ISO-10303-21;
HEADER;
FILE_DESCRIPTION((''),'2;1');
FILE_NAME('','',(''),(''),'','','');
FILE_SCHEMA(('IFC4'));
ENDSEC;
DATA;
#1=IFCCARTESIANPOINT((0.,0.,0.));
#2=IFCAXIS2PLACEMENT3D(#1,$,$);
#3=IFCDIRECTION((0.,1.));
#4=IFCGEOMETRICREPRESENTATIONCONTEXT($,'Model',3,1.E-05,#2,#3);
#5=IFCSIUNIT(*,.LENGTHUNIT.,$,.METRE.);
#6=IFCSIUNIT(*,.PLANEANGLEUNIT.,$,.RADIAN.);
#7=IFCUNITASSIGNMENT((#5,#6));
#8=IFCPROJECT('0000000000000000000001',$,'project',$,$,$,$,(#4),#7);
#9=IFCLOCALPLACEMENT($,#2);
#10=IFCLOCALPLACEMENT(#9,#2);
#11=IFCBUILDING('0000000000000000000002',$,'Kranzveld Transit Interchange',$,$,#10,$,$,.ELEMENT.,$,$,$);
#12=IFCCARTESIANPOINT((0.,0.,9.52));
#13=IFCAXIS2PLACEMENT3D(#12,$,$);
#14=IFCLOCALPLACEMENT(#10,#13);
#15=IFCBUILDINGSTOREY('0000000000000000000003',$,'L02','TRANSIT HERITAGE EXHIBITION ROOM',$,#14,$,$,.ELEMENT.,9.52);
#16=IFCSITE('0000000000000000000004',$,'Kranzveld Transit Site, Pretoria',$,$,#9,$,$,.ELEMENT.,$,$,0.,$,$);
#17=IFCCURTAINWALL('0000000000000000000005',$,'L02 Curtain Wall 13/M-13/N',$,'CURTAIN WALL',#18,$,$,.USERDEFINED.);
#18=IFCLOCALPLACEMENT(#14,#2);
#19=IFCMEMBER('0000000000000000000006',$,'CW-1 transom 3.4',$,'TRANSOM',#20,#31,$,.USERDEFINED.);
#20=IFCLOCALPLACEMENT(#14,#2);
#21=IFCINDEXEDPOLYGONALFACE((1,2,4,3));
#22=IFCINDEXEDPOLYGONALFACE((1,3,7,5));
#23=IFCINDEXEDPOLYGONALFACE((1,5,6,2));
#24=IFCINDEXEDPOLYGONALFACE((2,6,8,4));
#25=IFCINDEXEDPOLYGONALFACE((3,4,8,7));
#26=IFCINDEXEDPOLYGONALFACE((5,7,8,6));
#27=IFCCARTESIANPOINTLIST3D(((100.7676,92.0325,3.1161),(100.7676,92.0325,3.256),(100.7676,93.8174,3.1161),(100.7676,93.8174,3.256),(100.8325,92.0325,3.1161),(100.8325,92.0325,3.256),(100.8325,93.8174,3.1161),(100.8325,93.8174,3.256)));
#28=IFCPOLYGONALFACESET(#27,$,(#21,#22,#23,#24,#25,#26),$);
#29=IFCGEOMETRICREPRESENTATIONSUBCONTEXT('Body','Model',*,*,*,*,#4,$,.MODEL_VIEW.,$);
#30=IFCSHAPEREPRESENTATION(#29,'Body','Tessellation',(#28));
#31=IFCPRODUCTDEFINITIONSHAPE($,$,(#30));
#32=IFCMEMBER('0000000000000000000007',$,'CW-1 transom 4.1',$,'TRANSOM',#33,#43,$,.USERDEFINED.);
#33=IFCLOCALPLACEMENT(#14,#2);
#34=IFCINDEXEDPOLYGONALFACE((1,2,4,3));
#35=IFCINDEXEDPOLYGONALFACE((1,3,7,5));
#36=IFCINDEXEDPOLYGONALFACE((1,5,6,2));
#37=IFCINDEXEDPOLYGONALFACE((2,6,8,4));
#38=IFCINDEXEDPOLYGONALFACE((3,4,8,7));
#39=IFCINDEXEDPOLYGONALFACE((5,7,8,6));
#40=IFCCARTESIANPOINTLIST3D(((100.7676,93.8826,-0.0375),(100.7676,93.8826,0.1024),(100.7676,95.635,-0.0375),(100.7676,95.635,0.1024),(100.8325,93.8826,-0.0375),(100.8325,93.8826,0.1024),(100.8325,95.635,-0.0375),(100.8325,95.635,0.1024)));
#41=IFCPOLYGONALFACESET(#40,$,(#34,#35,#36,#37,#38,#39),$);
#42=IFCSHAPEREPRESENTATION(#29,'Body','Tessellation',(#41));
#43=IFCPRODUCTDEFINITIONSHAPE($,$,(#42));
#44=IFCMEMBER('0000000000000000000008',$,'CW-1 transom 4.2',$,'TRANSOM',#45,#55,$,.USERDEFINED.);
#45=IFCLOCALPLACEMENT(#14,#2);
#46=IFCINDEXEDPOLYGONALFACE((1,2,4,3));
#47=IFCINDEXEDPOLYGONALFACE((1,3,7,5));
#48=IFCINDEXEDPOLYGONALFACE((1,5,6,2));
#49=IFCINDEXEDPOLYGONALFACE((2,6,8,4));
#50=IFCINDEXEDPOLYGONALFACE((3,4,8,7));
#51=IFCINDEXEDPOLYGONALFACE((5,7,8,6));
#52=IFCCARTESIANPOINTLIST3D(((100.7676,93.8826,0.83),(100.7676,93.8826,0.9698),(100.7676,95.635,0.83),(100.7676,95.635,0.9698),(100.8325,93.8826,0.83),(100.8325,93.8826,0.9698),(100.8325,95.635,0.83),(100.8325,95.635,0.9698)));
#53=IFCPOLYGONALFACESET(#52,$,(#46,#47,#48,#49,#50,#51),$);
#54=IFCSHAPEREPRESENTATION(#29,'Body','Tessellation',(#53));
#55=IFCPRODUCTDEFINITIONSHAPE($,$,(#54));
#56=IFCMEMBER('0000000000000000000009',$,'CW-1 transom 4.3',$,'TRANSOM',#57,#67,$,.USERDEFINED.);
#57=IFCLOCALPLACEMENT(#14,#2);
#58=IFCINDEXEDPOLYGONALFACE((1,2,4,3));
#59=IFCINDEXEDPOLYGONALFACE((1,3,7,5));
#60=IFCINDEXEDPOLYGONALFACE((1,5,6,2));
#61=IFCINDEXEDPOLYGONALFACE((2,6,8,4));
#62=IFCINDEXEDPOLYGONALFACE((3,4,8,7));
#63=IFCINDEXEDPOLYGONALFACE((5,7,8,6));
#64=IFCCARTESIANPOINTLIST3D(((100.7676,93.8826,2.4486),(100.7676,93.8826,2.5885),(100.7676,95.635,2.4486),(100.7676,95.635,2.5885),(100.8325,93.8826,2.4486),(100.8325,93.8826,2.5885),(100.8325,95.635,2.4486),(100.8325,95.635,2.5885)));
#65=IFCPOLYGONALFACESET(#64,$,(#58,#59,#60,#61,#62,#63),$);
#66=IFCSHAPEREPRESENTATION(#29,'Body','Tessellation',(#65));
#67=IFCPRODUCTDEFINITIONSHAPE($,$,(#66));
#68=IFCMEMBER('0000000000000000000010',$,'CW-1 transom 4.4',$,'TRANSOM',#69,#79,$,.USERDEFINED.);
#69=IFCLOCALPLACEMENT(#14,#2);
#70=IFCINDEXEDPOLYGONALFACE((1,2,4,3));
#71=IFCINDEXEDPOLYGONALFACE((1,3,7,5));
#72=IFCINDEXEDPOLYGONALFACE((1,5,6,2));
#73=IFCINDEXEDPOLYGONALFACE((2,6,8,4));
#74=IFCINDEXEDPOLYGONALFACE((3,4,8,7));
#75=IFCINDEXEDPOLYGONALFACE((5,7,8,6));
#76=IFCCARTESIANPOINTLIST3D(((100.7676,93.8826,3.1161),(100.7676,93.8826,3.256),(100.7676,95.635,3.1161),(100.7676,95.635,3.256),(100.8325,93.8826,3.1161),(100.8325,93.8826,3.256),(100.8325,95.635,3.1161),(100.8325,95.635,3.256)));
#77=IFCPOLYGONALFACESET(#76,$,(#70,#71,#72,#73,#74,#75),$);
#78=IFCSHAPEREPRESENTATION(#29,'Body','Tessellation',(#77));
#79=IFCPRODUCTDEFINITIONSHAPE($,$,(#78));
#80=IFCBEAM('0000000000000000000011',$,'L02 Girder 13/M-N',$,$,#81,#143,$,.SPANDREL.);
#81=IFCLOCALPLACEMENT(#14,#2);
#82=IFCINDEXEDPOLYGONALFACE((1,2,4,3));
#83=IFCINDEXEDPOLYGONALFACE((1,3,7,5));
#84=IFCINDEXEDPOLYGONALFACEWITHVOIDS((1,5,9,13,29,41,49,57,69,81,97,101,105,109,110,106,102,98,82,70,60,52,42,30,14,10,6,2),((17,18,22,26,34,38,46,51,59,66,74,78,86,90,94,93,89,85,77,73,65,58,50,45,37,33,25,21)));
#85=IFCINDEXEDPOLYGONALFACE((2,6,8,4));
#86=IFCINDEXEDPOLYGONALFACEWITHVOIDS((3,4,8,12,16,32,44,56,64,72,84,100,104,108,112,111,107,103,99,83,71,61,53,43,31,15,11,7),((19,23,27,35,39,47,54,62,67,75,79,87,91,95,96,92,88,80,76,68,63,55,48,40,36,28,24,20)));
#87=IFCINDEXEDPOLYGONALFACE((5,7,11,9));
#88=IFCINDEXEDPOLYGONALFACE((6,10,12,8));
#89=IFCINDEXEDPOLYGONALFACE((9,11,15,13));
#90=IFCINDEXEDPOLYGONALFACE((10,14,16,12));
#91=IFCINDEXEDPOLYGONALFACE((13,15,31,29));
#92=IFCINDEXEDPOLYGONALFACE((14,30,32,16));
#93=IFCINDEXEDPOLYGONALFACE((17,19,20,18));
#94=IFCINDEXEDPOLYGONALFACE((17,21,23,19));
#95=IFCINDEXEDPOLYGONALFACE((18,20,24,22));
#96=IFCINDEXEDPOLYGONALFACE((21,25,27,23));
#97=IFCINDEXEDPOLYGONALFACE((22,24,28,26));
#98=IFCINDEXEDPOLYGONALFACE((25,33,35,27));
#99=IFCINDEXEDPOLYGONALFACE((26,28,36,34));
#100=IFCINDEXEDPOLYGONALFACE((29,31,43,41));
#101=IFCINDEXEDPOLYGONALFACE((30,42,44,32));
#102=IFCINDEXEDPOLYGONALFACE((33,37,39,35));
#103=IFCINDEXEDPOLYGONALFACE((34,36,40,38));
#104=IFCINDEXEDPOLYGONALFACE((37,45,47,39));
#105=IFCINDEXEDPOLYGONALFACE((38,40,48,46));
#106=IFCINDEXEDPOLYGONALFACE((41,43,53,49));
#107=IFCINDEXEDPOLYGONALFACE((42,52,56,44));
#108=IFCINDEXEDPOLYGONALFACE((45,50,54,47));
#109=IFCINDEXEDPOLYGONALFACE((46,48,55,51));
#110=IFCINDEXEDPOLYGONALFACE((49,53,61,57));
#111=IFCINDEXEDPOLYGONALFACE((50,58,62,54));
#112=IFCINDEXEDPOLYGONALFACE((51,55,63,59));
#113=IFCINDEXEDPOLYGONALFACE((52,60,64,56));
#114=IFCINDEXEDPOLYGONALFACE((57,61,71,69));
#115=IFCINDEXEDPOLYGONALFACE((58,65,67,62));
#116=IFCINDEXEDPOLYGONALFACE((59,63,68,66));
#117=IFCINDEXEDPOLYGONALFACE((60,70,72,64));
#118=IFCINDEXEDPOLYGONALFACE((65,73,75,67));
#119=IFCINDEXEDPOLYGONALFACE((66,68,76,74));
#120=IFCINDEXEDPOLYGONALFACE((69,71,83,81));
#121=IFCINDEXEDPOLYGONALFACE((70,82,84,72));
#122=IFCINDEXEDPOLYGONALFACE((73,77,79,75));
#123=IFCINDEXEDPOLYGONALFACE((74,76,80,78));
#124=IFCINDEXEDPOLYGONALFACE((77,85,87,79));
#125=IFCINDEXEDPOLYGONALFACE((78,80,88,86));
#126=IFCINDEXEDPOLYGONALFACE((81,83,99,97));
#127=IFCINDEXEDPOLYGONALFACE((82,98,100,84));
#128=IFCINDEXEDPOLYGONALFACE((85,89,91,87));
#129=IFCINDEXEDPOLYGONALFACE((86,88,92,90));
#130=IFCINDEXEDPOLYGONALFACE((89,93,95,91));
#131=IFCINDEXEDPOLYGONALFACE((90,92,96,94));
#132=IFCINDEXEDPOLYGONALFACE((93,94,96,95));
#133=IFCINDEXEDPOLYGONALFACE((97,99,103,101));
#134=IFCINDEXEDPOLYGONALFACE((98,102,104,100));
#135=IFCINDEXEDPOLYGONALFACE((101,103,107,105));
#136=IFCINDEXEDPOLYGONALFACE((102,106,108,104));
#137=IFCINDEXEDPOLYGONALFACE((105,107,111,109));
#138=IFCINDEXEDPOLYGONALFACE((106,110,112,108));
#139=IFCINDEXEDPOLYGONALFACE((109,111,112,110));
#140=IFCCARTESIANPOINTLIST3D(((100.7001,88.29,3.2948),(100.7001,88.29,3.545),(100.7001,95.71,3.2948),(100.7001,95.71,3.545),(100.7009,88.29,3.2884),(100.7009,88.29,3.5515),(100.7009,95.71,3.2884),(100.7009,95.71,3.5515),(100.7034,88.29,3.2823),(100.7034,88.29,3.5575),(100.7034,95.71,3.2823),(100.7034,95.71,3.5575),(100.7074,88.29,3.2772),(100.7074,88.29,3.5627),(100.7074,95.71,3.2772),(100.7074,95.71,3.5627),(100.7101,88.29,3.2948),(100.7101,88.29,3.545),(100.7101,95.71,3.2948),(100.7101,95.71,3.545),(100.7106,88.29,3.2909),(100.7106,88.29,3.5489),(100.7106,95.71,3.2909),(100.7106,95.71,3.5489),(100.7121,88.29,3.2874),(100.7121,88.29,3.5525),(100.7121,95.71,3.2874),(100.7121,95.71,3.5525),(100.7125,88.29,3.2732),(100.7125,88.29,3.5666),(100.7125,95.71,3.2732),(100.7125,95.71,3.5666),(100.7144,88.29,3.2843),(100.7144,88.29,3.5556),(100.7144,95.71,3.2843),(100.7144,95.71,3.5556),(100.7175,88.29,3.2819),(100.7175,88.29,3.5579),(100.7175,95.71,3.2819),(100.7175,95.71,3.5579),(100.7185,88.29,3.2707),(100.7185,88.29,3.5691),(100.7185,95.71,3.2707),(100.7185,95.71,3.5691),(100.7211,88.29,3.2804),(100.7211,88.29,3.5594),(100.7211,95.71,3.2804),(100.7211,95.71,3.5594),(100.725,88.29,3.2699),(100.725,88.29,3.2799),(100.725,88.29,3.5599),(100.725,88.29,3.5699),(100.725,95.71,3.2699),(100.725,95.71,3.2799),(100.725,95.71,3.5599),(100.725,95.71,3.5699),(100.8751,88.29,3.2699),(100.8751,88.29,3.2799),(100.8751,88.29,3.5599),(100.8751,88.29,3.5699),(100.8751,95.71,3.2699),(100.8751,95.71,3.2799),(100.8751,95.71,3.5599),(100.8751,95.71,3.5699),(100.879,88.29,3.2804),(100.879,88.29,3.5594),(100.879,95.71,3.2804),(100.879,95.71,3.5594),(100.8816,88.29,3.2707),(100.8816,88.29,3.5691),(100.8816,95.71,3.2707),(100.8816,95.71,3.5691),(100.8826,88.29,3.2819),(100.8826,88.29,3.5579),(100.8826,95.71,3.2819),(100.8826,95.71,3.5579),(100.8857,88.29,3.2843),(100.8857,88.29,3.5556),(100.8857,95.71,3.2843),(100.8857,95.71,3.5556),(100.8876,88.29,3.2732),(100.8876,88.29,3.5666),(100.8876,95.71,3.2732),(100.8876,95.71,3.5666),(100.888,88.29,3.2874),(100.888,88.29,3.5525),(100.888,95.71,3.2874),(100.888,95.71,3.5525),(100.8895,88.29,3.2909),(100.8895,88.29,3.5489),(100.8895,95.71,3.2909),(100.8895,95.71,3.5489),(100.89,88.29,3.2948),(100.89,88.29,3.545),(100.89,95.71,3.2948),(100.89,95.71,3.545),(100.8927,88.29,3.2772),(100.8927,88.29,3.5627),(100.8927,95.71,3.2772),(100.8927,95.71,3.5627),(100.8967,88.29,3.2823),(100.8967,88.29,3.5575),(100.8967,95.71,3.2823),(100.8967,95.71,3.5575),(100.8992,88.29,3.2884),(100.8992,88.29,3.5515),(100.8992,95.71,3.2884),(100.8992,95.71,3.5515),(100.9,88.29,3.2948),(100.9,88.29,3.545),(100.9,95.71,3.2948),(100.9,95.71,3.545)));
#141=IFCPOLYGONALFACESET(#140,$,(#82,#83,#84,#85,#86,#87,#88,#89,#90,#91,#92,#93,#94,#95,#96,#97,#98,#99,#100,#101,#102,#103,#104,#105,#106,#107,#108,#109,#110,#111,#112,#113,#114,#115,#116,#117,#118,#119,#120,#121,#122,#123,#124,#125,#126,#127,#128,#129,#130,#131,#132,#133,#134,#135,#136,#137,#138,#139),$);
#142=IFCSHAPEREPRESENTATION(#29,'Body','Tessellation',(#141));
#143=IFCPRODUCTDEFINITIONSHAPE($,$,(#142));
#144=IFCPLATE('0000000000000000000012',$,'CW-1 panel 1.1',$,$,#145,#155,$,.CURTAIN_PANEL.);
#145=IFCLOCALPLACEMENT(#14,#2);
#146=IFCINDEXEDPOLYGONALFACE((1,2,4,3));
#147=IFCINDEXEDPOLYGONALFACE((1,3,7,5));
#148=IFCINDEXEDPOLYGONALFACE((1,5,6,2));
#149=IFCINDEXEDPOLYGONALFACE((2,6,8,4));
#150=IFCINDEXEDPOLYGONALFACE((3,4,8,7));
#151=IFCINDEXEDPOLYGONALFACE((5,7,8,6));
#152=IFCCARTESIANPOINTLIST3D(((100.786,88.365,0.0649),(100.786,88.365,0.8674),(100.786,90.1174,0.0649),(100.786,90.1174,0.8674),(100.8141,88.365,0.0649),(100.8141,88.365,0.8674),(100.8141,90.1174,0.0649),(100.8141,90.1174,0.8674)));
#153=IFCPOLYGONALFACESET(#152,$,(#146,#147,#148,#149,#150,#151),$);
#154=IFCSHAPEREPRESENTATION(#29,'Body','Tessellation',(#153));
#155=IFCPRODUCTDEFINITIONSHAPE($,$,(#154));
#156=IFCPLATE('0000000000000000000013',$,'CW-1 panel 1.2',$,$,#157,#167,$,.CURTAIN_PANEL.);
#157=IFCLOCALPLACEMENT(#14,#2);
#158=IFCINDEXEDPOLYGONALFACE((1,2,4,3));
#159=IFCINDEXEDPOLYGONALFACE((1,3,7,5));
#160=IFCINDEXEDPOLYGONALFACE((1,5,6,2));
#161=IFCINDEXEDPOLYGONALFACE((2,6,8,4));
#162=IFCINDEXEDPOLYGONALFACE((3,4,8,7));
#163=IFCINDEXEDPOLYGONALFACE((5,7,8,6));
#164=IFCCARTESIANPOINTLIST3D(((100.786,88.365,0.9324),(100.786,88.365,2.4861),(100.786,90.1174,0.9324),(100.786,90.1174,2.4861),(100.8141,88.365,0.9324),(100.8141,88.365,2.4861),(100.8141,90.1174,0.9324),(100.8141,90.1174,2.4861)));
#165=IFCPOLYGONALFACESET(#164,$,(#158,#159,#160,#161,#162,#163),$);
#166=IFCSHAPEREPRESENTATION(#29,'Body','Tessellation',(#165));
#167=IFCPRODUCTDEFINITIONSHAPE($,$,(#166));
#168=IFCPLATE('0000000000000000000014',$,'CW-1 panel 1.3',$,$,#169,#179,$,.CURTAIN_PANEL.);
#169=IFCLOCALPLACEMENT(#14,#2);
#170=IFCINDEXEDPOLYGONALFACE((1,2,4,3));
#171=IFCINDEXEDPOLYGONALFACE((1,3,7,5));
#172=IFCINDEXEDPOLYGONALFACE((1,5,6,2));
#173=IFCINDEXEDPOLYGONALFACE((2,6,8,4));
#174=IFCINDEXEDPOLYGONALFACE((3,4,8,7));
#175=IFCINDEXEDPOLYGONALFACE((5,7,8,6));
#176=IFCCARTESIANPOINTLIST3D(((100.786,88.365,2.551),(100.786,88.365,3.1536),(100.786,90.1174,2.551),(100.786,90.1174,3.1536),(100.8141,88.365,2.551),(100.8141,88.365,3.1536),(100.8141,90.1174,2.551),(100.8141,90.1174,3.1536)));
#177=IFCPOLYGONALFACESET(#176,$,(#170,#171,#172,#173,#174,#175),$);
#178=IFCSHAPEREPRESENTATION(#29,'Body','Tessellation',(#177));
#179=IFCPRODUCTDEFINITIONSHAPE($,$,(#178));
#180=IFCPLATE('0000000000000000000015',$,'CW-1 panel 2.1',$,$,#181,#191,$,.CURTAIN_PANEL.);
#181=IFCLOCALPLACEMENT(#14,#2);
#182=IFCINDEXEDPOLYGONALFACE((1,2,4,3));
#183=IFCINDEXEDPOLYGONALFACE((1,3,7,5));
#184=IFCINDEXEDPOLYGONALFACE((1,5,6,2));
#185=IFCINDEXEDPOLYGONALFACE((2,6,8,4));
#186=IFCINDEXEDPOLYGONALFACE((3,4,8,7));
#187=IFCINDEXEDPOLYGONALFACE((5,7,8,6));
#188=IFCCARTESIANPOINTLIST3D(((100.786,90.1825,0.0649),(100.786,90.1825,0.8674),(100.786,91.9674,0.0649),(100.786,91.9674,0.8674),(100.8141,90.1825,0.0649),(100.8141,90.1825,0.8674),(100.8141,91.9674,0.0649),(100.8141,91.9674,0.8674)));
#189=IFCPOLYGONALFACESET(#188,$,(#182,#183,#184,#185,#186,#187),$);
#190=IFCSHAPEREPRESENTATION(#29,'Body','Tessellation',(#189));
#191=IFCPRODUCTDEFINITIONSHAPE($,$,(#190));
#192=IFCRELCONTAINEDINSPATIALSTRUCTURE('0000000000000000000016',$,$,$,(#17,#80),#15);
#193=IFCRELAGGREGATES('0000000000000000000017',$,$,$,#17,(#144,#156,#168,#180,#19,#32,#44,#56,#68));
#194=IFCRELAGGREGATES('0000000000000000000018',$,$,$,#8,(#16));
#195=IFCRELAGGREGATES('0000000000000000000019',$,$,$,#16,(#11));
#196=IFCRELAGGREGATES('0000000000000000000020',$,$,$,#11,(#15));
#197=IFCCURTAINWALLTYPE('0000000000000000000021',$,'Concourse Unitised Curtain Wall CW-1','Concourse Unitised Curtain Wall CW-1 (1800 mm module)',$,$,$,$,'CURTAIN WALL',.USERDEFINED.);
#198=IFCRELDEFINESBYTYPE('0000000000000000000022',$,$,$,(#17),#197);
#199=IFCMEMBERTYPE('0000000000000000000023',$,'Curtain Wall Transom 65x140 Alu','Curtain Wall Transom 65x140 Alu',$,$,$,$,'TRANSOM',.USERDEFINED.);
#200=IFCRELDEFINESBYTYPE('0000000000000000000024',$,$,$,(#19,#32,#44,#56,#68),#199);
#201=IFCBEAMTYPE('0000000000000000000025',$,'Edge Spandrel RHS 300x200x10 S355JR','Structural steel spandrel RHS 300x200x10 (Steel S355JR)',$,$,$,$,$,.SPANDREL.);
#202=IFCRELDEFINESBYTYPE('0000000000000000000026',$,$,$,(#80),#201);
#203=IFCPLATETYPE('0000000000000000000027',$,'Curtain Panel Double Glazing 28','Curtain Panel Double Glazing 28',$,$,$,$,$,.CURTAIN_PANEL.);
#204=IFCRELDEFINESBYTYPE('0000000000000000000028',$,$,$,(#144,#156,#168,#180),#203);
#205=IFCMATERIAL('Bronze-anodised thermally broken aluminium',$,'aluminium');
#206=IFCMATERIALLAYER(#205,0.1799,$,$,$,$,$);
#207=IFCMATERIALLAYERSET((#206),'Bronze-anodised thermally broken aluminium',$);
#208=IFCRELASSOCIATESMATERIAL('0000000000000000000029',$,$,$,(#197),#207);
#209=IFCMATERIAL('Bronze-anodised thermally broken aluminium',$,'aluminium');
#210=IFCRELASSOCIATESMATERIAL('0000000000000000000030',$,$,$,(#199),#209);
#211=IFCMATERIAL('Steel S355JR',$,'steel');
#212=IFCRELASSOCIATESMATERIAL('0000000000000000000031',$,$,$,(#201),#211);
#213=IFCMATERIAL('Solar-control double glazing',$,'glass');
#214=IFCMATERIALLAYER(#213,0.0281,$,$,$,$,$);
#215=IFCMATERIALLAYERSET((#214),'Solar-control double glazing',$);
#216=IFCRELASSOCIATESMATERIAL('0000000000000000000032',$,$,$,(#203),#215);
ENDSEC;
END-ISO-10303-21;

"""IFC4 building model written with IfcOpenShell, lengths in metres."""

from ifc_helpers import new_model, si_unit, direction, frame, origin, origin_2d, place, context, subcontext, project, spatial, rectangle, hollow_rectangle, extrude, material, layer, layer_set, material_profile, profile_set, type_object, element, aggregate, save


model = new_model("IFC4")

# Units and contexts
model_context = context("Model", 3, precision=1e-05, world=origin(), true_north=direction((0.0, 1.0)))
body_context = subcontext(model_context, "Body", "Model", "MODEL_VIEW")
ifc_project = project(units=[si_unit("LENGTHUNIT", "METRE"), si_unit("PLANEANGLEUNIT", "RADIAN")], contexts=[model_context])

# Site, building, storey
site_placement = place(None, origin())
site = spatial("IfcSite", under=ifc_project, at=site_placement, Name="Kranzveld Transit Site, Pretoria", CompositionType="ELEMENT", RefElevation=0.0)
building_placement = place(site_placement, origin())
building = spatial("IfcBuilding", under=site, at=building_placement, Name="Kranzveld Transit Interchange", CompositionType="ELEMENT")
storey_placement = place(building_placement, frame((0.0, 0.0, 9.52)))
storey = spatial("IfcBuildingStorey", under=building, at=storey_placement, Name="L02", Description="TRANSIT HERITAGE EXHIBITION ROOM", CompositionType="ELEMENT", Elevation=9.52)

# Curtain wall, members
ifc_material_1 = material(Name="Bronze-anodised thermally broken aluminium", Category="aluminium")
ifc_layer_1 = layer(ifc_material_1, 0.1799)
ifc_layer_set_1 = layer_set([ifc_layer_1], Name="Bronze-anodised thermally broken aluminium")
curtain_wall_type = type_object("IfcCurtainWallType", Name="Concourse Unitised Curtain Wall CW-1", Description="Concourse Unitised Curtain Wall CW-1 (1800 mm module)", ElementType="CURTAIN WALL", PredefinedType="USERDEFINED", material=ifc_layer_set_1)
curtain_wall_placement = place(storey_placement, origin())
curtain_wall = element("IfcCurtainWall", 1, at=curtain_wall_placement, inside=storey, type_object=curtain_wall_type, Name="L02 Curtain Wall 13/M-13/N", ObjectType="CURTAIN WALL", PredefinedType="USERDEFINED")
ifc_material_2 = material(Name="Bronze-anodised thermally broken aluminium", Category="aluminium")
ifc_material_profile_1 = material_profile(ifc_material_2, rectangle(XDim=0.0649, YDim=0.1399, at=origin_2d()), Name="ALU TRANSOM 65x140")
ifc_profile_set_1 = profile_set([ifc_material_profile_1], Name="Bronze-anodised thermally broken aluminium")
member_type_1 = type_object("IfcMemberType", Name="Curtain Wall Transom 65x140 Alu", Description="Curtain Wall Transom 65x140 Alu", ElementType="TRANSOM", PredefinedType="USERDEFINED", material=ifc_profile_set_1)
member_1_placement = place(storey_placement, frame((100.8, 92.0325, 3.186), z_axis=(0.0, 1.0, 0.0), x_axis=(-1.0, 0.0, 0.0)))
member_1 = element("IfcMember", 2, at=member_1_placement, type_object=member_type_1, Name="CW-1 transom 3.4", ObjectType="TRANSOM", PredefinedType="USERDEFINED", context=body_context, shape_type="SweptSolid", body=[
    extrude(rectangle(XDim=0.0649, YDim=0.1399, at=origin_2d()), origin(), (0.0, 0.0, 1.0), 1.7849),
])
member_2_placement = place(storey_placement, frame((100.8, 93.8826, 0.0325), z_axis=(0.0, 1.0, 0.0), x_axis=(-1.0, 0.0, 0.0)))
member_2 = element("IfcMember", 3, at=member_2_placement, type_object=member_type_1, Name="CW-1 transom 4.1", ObjectType="TRANSOM", PredefinedType="USERDEFINED", context=body_context, shape_type="SweptSolid", body=[
    extrude(rectangle(XDim=0.0649, YDim=0.1399, at=origin_2d()), origin(), (0.0, 0.0, 1.0), 1.7524),
])
member_3_placement = place(storey_placement, frame((100.8, 93.8826, 0.8999), z_axis=(0.0, 1.0, 0.0), x_axis=(-1.0, 0.0, 0.0)))
member_3 = element("IfcMember", 4, at=member_3_placement, type_object=member_type_1, Name="CW-1 transom 4.2", ObjectType="TRANSOM", PredefinedType="USERDEFINED", context=body_context, shape_type="SweptSolid", body=[
    extrude(rectangle(XDim=0.0649, YDim=0.1399, at=origin_2d()), origin(), (0.0, 0.0, 1.0), 1.7524),
])
member_4_placement = place(storey_placement, frame((100.8, 93.8826, 2.5186), z_axis=(0.0, 1.0, 0.0), x_axis=(-1.0, 0.0, 0.0)))
member_4 = element("IfcMember", 5, at=member_4_placement, type_object=member_type_1, Name="CW-1 transom 4.3", ObjectType="TRANSOM", PredefinedType="USERDEFINED", context=body_context, shape_type="SweptSolid", body=[
    extrude(rectangle(XDim=0.0649, YDim=0.1399, at=origin_2d()), origin(), (0.0, 0.0, 1.0), 1.7524),
])
member_5_placement = place(storey_placement, frame((100.8, 93.8826, 3.186), z_axis=(0.0, 1.0, 0.0), x_axis=(-1.0, 0.0, 0.0)))
member_5 = element("IfcMember", 6, at=member_5_placement, type_object=member_type_1, Name="CW-1 transom 4.4", ObjectType="TRANSOM", PredefinedType="USERDEFINED", context=body_context, shape_type="SweptSolid", body=[
    extrude(rectangle(XDim=0.0649, YDim=0.1399, at=origin_2d()), origin(), (0.0, 0.0, 1.0), 1.7524),
])

# Beam
ifc_material_3 = material(Name="Steel S355JR", Category="steel")
ifc_material_profile_2 = material_profile(ifc_material_3, hollow_rectangle(XDim=0.2, YDim=0.3, WallThickness=0.01, InnerFilletRadius=0.0149, OuterFilletRadius=0.0249, at=origin_2d()), Name="RHS 300x200x10")
ifc_profile_set_2 = profile_set([ifc_material_profile_2], Name="Steel S355JR")
beam_type = type_object("IfcBeamType", Name="Edge Spandrel RHS 300x200x10 S355JR", Description="Structural steel spandrel RHS 300x200x10 (Steel S355JR)", PredefinedType="SPANDREL", material=ifc_profile_set_2)
beam_placement = place(storey_placement, frame((100.8, 88.29, 3.4199), z_axis=(0.0, 1.0, 0.0), x_axis=(-1.0, 0.0, 0.0)))
element("IfcBeam", 7, at=beam_placement, inside=storey, type_object=beam_type, Name="L02 Girder 13/M-N", PredefinedType="SPANDREL", context=body_context, shape_type="SweptSolid", body=[
    extrude(hollow_rectangle(XDim=0.2, YDim=0.3, WallThickness=0.01, InnerFilletRadius=0.0149, OuterFilletRadius=0.0249, at=origin_2d()), origin(), (0.0, 0.0, 1.0), 7.4199),
])

# Plates
ifc_material_4 = material(Name="Solar-control double glazing", Category="glass")
ifc_layer_2 = layer(ifc_material_4, 0.0281)
ifc_layer_set_2 = layer_set([ifc_layer_2], Name="Solar-control double glazing")
plate_type = type_object("IfcPlateType", Name="Curtain Panel Double Glazing 28", Description="Curtain Panel Double Glazing 28", PredefinedType="CURTAIN_PANEL", material=ifc_layer_set_2)
plate_1_placement = place(storey_placement, frame((100.8, 89.2412, 0.0649), z_axis=(0.0, 0.0, 1.0), x_axis=(0.0, 1.0, 0.0)))
plate_1 = element("IfcPlate", 8, at=plate_1_placement, type_object=plate_type, Name="CW-1 panel 1.1", PredefinedType="CURTAIN_PANEL", context=body_context, shape_type="SweptSolid", body=[
    extrude(rectangle(XDim=1.7524, YDim=0.0281, at=origin_2d()), origin(), (0.0, 0.0, 1.0), 0.8025),
])
plate_2_placement = place(storey_placement, frame((100.8, 89.2412, 0.9324), z_axis=(0.0, 0.0, 1.0), x_axis=(0.0, 1.0, 0.0)))
plate_2 = element("IfcPlate", 9, at=plate_2_placement, type_object=plate_type, Name="CW-1 panel 1.2", PredefinedType="CURTAIN_PANEL", context=body_context, shape_type="SweptSolid", body=[
    extrude(rectangle(XDim=1.7524, YDim=0.0281, at=origin_2d()), origin(), (0.0, 0.0, 1.0), 1.5537),
])
plate_3_placement = place(storey_placement, frame((100.8, 89.2412, 2.551), z_axis=(0.0, 0.0, 1.0), x_axis=(0.0, 1.0, 0.0)))
plate_3 = element("IfcPlate", 10, at=plate_3_placement, type_object=plate_type, Name="CW-1 panel 1.3", PredefinedType="CURTAIN_PANEL", context=body_context, shape_type="SweptSolid", body=[
    extrude(rectangle(XDim=1.7524, YDim=0.0281, at=origin_2d()), origin(), (0.0, 0.0, 1.0), 0.6025),
])
plate_4_placement = place(storey_placement, frame((100.8, 91.075, 0.0649), z_axis=(0.0, 0.0, 1.0), x_axis=(0.0, 1.0, 0.0)))
plate_4 = element("IfcPlate", 11, at=plate_4_placement, type_object=plate_type, Name="CW-1 panel 2.1", PredefinedType="CURTAIN_PANEL", context=body_context, shape_type="SweptSolid", body=[
    extrude(rectangle(XDim=1.7849, YDim=0.0281, at=origin_2d()), origin(), (0.0, 0.0, 1.0), 0.8025),
])
aggregate(curtain_wall, [plate_1, plate_2, plate_3, plate_4, member_1, member_2, member_3, member_4, member_5])

save(model, "model.ifc")
